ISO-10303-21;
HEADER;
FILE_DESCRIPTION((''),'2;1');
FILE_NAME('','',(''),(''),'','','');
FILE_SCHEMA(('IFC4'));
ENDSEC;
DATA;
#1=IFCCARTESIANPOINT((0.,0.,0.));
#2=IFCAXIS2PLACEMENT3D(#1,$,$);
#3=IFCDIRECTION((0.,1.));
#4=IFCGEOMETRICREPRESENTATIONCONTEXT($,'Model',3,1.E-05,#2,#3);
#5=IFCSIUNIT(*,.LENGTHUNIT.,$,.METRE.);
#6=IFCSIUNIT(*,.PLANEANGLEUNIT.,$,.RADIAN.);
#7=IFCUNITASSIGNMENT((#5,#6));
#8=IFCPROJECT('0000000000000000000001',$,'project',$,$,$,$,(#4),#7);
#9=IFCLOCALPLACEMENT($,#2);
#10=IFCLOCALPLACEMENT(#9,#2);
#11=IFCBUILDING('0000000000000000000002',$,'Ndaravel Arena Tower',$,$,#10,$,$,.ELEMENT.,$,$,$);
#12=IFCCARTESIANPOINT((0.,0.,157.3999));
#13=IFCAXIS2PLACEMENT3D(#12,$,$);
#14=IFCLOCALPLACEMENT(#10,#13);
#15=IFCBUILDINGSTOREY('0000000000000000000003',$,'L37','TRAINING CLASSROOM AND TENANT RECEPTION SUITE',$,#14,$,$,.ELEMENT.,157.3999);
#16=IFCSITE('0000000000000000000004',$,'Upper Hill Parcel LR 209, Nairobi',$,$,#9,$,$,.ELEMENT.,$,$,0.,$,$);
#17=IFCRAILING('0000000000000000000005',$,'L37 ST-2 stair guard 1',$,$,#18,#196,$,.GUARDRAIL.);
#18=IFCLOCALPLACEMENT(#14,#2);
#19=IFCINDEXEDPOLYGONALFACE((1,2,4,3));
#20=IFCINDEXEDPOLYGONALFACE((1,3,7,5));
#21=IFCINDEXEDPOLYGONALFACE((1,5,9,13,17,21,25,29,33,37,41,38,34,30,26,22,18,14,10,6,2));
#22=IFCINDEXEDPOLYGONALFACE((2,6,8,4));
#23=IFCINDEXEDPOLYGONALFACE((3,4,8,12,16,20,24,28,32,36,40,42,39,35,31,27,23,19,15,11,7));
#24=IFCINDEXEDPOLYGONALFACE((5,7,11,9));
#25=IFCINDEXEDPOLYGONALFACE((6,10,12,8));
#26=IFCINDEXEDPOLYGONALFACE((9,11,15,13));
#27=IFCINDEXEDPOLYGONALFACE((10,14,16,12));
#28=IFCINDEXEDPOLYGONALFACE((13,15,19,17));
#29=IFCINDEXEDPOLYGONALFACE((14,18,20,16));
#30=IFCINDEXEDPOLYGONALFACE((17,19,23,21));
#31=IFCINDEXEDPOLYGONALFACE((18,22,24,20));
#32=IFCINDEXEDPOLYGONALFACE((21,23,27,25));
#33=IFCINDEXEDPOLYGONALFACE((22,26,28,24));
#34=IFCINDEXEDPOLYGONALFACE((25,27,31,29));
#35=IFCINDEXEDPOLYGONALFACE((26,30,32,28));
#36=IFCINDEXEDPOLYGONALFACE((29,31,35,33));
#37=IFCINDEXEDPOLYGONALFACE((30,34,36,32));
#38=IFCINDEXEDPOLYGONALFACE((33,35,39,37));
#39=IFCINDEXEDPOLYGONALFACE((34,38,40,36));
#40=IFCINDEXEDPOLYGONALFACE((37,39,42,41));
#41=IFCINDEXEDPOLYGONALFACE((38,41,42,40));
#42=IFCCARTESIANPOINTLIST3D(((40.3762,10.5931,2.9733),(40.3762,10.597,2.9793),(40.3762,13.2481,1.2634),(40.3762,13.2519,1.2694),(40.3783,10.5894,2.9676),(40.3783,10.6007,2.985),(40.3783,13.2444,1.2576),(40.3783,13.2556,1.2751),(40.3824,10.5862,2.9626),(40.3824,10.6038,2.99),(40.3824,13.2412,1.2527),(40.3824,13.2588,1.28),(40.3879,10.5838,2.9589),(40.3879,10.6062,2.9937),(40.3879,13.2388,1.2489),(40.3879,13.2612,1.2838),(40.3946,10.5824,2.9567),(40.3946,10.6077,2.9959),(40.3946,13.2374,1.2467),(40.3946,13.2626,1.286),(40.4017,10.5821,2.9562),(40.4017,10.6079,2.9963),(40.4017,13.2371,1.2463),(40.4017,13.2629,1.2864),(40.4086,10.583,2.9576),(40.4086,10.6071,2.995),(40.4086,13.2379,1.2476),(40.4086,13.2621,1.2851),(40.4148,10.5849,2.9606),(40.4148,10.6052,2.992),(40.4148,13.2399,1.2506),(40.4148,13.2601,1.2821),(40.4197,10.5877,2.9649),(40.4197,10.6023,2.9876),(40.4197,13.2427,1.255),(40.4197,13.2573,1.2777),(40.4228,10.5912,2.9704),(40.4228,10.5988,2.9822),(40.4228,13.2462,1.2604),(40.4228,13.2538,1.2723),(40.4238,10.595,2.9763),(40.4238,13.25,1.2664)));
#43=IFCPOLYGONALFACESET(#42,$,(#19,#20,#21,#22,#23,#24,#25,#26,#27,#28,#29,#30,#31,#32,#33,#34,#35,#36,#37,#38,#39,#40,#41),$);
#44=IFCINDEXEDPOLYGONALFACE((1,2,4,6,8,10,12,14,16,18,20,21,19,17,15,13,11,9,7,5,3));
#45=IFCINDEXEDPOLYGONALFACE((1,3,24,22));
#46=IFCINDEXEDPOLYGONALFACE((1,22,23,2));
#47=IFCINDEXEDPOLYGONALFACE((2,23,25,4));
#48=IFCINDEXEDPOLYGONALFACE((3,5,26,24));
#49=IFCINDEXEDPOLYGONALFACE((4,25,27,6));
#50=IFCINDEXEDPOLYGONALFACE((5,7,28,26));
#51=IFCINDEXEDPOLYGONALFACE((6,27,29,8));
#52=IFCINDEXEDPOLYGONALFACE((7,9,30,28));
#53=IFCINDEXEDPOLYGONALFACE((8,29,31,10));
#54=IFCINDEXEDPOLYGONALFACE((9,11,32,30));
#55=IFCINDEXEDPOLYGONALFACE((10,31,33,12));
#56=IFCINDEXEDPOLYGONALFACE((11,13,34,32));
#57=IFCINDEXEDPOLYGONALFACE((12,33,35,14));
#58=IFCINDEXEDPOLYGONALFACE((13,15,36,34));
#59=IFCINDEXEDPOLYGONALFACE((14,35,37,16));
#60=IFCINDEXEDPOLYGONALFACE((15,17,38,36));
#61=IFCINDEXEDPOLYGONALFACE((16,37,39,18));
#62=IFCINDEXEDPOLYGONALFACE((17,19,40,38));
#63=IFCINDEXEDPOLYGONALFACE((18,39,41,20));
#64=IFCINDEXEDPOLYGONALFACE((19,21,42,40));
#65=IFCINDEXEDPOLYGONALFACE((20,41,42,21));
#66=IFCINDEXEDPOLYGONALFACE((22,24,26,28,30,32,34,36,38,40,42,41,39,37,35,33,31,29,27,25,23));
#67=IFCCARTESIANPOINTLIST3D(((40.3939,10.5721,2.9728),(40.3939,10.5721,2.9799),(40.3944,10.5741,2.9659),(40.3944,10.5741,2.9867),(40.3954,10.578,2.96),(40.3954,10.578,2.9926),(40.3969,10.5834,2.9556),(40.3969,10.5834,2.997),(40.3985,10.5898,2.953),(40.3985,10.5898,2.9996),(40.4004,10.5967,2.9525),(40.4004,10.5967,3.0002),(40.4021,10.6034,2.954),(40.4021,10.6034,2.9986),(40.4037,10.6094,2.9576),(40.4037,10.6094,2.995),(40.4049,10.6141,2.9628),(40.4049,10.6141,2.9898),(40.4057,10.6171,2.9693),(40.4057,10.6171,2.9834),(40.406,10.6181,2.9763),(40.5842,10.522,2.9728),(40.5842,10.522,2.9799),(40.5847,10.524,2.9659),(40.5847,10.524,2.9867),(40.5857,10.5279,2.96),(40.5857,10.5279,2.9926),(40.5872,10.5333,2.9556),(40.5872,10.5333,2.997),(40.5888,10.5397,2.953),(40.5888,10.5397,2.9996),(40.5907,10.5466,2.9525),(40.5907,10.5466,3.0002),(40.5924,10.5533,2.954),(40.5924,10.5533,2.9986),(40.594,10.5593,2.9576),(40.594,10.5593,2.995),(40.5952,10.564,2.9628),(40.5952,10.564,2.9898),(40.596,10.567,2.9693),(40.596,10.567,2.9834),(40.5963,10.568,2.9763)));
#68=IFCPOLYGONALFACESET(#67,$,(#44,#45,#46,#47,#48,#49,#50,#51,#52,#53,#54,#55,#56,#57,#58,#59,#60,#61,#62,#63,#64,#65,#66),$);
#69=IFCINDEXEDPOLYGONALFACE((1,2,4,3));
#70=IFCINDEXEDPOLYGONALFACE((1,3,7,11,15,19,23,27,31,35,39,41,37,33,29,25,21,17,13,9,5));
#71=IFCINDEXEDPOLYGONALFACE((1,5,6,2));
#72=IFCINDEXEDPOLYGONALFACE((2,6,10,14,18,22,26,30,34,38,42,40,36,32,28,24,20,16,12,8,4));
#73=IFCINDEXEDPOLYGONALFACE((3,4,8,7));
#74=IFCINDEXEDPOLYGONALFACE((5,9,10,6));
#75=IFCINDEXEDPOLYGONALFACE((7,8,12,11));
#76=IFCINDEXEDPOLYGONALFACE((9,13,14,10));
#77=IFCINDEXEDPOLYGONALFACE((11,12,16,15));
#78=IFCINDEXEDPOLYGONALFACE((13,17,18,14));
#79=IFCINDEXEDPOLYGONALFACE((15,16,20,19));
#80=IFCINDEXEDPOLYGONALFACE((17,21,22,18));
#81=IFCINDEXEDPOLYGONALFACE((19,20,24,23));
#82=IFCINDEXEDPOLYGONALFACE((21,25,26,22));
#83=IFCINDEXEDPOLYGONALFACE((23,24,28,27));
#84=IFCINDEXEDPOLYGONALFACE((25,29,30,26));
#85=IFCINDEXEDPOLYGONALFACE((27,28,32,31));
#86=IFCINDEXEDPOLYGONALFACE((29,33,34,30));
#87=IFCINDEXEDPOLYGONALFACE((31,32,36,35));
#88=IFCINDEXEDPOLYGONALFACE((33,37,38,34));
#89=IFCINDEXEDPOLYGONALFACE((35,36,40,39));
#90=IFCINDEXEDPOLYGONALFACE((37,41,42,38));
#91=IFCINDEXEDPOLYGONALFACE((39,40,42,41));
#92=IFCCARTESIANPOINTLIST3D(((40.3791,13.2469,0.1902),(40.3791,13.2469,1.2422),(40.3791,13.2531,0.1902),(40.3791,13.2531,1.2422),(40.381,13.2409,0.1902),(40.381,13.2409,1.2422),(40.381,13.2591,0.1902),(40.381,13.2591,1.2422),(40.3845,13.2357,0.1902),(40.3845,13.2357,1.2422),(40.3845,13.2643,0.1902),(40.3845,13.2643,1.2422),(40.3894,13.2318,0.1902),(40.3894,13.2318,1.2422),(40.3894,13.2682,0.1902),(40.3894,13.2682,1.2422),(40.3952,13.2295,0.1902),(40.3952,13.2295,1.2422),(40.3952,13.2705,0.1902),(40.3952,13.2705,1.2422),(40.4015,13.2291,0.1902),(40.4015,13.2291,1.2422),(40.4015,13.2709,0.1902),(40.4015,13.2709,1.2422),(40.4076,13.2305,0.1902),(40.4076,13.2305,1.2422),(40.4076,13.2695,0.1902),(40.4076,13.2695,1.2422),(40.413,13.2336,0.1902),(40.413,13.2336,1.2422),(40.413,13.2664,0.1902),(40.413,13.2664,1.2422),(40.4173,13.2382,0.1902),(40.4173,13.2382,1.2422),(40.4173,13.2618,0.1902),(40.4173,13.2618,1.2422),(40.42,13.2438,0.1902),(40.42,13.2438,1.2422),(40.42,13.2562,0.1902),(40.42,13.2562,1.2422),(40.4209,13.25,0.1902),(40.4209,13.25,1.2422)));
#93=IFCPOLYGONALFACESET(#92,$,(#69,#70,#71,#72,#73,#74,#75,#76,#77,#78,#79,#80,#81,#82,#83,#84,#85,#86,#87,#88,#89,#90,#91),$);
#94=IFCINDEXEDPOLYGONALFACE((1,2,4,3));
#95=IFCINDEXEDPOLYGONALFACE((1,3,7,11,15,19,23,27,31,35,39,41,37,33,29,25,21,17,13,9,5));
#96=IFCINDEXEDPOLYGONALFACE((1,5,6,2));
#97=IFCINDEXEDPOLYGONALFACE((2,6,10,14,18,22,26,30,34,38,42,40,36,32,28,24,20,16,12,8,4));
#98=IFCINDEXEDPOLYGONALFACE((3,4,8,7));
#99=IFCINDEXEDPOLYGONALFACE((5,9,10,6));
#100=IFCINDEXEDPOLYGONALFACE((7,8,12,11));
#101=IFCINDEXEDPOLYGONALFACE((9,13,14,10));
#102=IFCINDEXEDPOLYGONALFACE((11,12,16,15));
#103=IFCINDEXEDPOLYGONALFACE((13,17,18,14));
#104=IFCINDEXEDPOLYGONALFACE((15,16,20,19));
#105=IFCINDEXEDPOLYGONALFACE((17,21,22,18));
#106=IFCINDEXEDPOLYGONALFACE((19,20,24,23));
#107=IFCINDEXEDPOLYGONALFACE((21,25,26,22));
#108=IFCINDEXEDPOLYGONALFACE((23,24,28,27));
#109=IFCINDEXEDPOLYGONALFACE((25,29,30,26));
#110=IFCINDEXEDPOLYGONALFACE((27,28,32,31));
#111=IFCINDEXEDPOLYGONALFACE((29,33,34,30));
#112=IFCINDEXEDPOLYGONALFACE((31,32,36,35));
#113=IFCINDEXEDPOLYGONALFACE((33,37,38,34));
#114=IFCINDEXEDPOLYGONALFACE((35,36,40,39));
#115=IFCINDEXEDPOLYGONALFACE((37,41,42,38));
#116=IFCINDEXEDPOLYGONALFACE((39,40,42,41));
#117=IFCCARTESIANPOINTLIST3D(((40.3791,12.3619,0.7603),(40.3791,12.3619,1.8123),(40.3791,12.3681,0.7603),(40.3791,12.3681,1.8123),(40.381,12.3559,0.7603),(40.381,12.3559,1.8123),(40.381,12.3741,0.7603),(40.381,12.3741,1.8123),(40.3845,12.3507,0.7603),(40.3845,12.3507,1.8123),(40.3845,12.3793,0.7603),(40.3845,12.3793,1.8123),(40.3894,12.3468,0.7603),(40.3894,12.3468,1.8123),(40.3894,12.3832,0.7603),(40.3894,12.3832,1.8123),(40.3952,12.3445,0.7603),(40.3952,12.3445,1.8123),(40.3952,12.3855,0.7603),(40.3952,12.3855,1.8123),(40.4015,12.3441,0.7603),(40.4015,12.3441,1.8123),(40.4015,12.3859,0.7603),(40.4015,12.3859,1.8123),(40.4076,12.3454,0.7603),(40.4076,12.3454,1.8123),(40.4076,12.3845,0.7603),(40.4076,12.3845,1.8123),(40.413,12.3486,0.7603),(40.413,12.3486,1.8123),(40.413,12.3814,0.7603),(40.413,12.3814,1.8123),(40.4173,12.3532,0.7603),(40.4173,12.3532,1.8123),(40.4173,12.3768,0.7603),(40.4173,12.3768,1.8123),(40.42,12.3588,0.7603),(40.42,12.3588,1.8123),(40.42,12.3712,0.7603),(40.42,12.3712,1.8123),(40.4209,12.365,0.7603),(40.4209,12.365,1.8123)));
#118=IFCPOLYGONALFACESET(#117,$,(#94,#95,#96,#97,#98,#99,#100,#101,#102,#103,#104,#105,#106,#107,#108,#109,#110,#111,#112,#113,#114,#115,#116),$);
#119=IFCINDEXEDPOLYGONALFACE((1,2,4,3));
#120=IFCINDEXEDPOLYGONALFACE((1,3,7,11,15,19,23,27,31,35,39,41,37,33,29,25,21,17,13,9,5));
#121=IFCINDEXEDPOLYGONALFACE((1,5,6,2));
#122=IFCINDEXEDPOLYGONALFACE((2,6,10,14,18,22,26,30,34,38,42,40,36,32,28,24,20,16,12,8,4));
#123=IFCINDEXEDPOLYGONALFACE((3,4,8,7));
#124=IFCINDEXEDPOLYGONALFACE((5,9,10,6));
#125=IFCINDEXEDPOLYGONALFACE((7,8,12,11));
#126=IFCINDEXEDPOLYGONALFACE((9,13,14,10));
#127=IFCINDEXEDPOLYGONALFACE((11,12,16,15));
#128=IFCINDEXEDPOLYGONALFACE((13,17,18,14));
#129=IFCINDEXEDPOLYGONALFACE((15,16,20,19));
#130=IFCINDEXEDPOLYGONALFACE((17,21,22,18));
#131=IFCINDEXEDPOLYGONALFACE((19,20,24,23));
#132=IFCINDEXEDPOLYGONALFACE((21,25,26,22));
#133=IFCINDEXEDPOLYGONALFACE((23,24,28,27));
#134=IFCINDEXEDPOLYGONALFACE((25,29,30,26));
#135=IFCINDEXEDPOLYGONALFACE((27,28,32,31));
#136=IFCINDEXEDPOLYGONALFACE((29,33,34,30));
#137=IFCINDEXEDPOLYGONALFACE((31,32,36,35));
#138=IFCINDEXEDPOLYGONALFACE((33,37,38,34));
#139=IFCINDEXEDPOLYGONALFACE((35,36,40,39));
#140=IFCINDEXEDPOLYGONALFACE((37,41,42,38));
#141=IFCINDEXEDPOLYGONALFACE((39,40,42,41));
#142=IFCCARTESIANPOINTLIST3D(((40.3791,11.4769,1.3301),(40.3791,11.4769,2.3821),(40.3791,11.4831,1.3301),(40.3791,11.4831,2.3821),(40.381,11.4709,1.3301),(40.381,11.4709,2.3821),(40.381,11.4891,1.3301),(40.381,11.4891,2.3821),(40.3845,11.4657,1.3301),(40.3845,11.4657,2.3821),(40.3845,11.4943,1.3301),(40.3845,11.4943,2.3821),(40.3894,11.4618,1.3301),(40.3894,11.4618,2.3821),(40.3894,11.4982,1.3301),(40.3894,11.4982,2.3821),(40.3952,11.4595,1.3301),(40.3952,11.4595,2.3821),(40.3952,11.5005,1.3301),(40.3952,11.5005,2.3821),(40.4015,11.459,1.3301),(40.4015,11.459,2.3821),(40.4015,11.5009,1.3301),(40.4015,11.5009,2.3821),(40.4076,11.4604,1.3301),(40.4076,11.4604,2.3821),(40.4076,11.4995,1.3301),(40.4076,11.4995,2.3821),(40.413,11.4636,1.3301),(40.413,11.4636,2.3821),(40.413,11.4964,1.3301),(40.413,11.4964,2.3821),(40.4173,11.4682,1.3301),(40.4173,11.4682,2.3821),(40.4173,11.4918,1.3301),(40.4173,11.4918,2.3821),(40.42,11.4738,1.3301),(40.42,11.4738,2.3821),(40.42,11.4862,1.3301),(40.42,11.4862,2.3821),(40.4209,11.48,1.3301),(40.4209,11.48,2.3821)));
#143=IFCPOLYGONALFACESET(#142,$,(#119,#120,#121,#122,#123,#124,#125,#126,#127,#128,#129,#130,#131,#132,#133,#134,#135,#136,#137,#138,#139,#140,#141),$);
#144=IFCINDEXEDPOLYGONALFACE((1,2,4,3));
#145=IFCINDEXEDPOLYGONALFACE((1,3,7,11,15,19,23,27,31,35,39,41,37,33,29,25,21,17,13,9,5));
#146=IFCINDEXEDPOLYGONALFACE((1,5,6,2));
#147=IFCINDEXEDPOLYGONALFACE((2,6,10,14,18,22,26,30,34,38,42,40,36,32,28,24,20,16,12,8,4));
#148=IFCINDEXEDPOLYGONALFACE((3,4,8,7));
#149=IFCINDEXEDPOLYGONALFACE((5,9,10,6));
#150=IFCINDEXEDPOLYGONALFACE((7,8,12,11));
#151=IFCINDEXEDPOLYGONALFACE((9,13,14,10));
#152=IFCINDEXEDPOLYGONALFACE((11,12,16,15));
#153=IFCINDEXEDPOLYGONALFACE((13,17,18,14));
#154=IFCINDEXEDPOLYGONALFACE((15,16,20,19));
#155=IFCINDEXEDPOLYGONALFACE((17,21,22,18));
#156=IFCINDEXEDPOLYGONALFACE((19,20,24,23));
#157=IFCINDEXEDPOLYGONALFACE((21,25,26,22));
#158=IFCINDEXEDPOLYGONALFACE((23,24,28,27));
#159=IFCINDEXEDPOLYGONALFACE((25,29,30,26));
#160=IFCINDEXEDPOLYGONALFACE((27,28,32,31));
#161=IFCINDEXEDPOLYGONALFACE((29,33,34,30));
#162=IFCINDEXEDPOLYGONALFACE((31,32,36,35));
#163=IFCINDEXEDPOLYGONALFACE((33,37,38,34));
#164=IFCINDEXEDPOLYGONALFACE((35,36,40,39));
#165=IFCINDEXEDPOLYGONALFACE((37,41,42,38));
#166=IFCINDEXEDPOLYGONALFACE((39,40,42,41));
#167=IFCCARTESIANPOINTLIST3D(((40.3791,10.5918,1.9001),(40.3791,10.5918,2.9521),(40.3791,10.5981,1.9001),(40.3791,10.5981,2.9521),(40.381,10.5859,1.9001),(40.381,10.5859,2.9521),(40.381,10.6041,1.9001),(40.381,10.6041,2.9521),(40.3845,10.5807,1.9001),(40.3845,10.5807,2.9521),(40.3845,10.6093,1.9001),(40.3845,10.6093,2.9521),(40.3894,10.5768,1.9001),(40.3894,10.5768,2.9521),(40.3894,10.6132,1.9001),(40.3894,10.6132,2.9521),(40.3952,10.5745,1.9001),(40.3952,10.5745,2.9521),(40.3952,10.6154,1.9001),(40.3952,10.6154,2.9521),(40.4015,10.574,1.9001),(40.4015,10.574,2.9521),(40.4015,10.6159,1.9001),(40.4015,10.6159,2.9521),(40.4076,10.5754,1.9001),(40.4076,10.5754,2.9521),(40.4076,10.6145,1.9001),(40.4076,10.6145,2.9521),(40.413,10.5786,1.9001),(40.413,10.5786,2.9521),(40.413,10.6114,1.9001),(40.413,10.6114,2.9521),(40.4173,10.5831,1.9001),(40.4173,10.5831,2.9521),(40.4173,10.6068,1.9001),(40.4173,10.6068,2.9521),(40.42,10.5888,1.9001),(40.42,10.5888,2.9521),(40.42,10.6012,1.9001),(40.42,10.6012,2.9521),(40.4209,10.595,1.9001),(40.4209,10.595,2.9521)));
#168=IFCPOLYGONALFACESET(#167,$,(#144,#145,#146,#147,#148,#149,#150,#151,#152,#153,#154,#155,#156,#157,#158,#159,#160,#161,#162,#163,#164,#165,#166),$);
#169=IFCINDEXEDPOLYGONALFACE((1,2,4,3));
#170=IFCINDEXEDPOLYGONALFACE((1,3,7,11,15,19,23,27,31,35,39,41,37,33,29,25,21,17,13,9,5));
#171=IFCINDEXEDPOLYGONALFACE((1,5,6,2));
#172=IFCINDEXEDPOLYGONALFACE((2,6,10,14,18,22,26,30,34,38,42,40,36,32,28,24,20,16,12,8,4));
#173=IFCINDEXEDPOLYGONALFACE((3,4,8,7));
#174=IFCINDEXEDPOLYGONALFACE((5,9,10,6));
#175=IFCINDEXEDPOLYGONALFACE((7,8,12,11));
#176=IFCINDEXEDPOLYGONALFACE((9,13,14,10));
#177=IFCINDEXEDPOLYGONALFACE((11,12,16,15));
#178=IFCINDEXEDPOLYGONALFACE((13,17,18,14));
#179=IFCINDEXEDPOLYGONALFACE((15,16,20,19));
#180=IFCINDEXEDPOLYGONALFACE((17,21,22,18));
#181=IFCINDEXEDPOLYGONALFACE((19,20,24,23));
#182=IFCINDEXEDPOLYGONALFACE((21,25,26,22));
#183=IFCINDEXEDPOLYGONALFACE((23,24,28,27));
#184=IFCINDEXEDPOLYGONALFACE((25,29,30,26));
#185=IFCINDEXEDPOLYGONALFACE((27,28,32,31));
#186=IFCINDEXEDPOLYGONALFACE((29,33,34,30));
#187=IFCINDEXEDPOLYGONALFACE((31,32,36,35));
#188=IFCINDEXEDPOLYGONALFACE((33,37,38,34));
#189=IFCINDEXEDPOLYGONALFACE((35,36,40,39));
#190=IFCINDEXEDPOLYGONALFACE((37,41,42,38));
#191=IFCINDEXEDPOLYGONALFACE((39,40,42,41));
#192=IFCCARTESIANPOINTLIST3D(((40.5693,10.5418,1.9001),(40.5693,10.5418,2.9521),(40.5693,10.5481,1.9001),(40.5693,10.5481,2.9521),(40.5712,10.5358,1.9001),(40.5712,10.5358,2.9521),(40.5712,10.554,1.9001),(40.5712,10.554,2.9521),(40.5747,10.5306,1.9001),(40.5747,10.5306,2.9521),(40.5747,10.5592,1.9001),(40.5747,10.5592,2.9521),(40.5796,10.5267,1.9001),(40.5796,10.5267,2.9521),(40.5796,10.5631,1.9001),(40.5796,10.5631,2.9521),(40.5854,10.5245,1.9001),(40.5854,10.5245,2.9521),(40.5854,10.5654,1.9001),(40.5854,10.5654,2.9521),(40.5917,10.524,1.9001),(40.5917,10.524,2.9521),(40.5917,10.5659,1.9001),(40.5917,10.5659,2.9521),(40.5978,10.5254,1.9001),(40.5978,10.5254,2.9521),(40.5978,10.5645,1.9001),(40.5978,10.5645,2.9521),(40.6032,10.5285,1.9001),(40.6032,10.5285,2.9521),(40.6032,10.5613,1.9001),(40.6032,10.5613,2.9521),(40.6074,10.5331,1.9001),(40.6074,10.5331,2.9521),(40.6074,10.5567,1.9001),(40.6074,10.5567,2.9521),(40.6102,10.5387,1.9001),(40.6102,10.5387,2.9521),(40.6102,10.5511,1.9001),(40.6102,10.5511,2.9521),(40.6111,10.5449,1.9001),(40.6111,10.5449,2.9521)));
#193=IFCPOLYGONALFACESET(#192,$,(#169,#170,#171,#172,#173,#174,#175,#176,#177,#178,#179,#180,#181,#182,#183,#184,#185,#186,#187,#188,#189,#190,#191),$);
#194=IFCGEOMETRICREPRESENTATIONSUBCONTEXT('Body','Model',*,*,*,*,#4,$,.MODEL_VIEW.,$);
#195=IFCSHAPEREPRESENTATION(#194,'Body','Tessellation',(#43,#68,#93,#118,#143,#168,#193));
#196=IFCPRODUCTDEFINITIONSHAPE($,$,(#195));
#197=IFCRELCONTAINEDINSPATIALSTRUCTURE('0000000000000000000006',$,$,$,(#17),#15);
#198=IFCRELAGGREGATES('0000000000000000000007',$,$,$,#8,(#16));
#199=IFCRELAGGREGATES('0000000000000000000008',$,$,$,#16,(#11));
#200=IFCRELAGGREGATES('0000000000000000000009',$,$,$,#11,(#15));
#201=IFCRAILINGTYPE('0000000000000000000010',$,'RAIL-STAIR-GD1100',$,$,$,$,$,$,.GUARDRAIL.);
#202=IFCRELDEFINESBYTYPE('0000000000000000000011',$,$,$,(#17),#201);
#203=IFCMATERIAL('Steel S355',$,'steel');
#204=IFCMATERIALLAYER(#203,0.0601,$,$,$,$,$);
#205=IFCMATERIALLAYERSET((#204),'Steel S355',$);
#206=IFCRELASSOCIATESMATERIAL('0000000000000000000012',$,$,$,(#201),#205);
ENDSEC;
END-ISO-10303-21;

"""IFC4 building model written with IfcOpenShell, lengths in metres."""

from ifc_helpers import new_model, si_unit, direction, frame, origin, origin_2d, place, context, subcontext, project, spatial, circle, extrude, material, layer, layer_set, type_object, element, save


model = new_model("IFC4")

# Units and contexts
model_context = context("Model", 3, precision=1e-05, world=origin(), true_north=direction((0.0, 1.0)))
body_context = subcontext(model_context, "Body", "Model", "MODEL_VIEW")
ifc_project = project(units=[si_unit("LENGTHUNIT", "METRE"), si_unit("PLANEANGLEUNIT", "RADIAN")], contexts=[model_context])

# Site, building, storey
site_placement = place(None, origin())
site = spatial("IfcSite", under=ifc_project, at=site_placement, Name="Upper Hill Parcel LR 209, Nairobi", CompositionType="ELEMENT", RefElevation=0.0)
building_placement = place(site_placement, origin())
building = spatial("IfcBuilding", under=site, at=building_placement, Name="Ndaravel Arena Tower", CompositionType="ELEMENT")
storey_placement = place(building_placement, frame((0.0, 0.0, 157.3999)))
storey = spatial("IfcBuildingStorey", under=building, at=storey_placement, Name="L37", Description="TRAINING CLASSROOM AND TENANT RECEPTION SUITE", CompositionType="ELEMENT", Elevation=157.3999)

# Railing
ifc_material_1 = material(Name="Steel S355", Category="steel")
ifc_layer_1 = layer(ifc_material_1, 0.0601)
ifc_layer_set_1 = layer_set([ifc_layer_1], Name="Steel S355")
railing_type_1 = type_object("IfcRailingType", Name="RAIL-STAIR-GD1100", PredefinedType="GUARDRAIL", material=ifc_layer_set_1)
railing_1_placement = place(storey_placement, frame((40.3999, 13.25, 0.1902)))
element("IfcRailing", 1, at=railing_1_placement, inside=storey, type_object=railing_type_1, Name="L37 ST-2 stair guard 1", PredefinedType="GUARDRAIL", context=body_context, shape_type="SweptSolid", body=[
    extrude(circle(Radius=0.0239, at=origin_2d()), frame((0.0, 0.0, 1.0762), z_axis=(0.0, -0.840724, 0.541465), x_axis=(1.0, 0.0, 0.0)), (0.0, 0.0, 1.0), 3.158),
    extrude(circle(Radius=0.0239, at=origin_2d()), frame((0.0, -2.655, 2.7861), z_axis=(0.967075, -0.254493, 0.0), x_axis=(0.254493, 0.967075, 0.0)), (0.0, 0.0, 1.0), 0.1968),
    extrude(circle(Radius=0.021, at=origin_2d()), origin(), (0.0, 0.0, 1.0), 1.052),
    extrude(circle(Radius=0.021, at=origin_2d()), frame((0.0, -0.885, 0.5701)), (0.0, 0.0, 1.0), 1.052),
    extrude(circle(Radius=0.021, at=origin_2d()), frame((0.0, -1.77, 1.1399)), (0.0, 0.0, 1.0), 1.052),
    extrude(circle(Radius=0.021, at=origin_2d()), frame((0.0, -2.655, 1.71)), (0.0, 0.0, 1.0), 1.052),
    extrude(circle(Radius=0.021, at=origin_2d()), frame((0.1902, -2.7051, 1.71)), (0.0, 0.0, 1.0), 1.052),
])

save(model, "model.ifc")
